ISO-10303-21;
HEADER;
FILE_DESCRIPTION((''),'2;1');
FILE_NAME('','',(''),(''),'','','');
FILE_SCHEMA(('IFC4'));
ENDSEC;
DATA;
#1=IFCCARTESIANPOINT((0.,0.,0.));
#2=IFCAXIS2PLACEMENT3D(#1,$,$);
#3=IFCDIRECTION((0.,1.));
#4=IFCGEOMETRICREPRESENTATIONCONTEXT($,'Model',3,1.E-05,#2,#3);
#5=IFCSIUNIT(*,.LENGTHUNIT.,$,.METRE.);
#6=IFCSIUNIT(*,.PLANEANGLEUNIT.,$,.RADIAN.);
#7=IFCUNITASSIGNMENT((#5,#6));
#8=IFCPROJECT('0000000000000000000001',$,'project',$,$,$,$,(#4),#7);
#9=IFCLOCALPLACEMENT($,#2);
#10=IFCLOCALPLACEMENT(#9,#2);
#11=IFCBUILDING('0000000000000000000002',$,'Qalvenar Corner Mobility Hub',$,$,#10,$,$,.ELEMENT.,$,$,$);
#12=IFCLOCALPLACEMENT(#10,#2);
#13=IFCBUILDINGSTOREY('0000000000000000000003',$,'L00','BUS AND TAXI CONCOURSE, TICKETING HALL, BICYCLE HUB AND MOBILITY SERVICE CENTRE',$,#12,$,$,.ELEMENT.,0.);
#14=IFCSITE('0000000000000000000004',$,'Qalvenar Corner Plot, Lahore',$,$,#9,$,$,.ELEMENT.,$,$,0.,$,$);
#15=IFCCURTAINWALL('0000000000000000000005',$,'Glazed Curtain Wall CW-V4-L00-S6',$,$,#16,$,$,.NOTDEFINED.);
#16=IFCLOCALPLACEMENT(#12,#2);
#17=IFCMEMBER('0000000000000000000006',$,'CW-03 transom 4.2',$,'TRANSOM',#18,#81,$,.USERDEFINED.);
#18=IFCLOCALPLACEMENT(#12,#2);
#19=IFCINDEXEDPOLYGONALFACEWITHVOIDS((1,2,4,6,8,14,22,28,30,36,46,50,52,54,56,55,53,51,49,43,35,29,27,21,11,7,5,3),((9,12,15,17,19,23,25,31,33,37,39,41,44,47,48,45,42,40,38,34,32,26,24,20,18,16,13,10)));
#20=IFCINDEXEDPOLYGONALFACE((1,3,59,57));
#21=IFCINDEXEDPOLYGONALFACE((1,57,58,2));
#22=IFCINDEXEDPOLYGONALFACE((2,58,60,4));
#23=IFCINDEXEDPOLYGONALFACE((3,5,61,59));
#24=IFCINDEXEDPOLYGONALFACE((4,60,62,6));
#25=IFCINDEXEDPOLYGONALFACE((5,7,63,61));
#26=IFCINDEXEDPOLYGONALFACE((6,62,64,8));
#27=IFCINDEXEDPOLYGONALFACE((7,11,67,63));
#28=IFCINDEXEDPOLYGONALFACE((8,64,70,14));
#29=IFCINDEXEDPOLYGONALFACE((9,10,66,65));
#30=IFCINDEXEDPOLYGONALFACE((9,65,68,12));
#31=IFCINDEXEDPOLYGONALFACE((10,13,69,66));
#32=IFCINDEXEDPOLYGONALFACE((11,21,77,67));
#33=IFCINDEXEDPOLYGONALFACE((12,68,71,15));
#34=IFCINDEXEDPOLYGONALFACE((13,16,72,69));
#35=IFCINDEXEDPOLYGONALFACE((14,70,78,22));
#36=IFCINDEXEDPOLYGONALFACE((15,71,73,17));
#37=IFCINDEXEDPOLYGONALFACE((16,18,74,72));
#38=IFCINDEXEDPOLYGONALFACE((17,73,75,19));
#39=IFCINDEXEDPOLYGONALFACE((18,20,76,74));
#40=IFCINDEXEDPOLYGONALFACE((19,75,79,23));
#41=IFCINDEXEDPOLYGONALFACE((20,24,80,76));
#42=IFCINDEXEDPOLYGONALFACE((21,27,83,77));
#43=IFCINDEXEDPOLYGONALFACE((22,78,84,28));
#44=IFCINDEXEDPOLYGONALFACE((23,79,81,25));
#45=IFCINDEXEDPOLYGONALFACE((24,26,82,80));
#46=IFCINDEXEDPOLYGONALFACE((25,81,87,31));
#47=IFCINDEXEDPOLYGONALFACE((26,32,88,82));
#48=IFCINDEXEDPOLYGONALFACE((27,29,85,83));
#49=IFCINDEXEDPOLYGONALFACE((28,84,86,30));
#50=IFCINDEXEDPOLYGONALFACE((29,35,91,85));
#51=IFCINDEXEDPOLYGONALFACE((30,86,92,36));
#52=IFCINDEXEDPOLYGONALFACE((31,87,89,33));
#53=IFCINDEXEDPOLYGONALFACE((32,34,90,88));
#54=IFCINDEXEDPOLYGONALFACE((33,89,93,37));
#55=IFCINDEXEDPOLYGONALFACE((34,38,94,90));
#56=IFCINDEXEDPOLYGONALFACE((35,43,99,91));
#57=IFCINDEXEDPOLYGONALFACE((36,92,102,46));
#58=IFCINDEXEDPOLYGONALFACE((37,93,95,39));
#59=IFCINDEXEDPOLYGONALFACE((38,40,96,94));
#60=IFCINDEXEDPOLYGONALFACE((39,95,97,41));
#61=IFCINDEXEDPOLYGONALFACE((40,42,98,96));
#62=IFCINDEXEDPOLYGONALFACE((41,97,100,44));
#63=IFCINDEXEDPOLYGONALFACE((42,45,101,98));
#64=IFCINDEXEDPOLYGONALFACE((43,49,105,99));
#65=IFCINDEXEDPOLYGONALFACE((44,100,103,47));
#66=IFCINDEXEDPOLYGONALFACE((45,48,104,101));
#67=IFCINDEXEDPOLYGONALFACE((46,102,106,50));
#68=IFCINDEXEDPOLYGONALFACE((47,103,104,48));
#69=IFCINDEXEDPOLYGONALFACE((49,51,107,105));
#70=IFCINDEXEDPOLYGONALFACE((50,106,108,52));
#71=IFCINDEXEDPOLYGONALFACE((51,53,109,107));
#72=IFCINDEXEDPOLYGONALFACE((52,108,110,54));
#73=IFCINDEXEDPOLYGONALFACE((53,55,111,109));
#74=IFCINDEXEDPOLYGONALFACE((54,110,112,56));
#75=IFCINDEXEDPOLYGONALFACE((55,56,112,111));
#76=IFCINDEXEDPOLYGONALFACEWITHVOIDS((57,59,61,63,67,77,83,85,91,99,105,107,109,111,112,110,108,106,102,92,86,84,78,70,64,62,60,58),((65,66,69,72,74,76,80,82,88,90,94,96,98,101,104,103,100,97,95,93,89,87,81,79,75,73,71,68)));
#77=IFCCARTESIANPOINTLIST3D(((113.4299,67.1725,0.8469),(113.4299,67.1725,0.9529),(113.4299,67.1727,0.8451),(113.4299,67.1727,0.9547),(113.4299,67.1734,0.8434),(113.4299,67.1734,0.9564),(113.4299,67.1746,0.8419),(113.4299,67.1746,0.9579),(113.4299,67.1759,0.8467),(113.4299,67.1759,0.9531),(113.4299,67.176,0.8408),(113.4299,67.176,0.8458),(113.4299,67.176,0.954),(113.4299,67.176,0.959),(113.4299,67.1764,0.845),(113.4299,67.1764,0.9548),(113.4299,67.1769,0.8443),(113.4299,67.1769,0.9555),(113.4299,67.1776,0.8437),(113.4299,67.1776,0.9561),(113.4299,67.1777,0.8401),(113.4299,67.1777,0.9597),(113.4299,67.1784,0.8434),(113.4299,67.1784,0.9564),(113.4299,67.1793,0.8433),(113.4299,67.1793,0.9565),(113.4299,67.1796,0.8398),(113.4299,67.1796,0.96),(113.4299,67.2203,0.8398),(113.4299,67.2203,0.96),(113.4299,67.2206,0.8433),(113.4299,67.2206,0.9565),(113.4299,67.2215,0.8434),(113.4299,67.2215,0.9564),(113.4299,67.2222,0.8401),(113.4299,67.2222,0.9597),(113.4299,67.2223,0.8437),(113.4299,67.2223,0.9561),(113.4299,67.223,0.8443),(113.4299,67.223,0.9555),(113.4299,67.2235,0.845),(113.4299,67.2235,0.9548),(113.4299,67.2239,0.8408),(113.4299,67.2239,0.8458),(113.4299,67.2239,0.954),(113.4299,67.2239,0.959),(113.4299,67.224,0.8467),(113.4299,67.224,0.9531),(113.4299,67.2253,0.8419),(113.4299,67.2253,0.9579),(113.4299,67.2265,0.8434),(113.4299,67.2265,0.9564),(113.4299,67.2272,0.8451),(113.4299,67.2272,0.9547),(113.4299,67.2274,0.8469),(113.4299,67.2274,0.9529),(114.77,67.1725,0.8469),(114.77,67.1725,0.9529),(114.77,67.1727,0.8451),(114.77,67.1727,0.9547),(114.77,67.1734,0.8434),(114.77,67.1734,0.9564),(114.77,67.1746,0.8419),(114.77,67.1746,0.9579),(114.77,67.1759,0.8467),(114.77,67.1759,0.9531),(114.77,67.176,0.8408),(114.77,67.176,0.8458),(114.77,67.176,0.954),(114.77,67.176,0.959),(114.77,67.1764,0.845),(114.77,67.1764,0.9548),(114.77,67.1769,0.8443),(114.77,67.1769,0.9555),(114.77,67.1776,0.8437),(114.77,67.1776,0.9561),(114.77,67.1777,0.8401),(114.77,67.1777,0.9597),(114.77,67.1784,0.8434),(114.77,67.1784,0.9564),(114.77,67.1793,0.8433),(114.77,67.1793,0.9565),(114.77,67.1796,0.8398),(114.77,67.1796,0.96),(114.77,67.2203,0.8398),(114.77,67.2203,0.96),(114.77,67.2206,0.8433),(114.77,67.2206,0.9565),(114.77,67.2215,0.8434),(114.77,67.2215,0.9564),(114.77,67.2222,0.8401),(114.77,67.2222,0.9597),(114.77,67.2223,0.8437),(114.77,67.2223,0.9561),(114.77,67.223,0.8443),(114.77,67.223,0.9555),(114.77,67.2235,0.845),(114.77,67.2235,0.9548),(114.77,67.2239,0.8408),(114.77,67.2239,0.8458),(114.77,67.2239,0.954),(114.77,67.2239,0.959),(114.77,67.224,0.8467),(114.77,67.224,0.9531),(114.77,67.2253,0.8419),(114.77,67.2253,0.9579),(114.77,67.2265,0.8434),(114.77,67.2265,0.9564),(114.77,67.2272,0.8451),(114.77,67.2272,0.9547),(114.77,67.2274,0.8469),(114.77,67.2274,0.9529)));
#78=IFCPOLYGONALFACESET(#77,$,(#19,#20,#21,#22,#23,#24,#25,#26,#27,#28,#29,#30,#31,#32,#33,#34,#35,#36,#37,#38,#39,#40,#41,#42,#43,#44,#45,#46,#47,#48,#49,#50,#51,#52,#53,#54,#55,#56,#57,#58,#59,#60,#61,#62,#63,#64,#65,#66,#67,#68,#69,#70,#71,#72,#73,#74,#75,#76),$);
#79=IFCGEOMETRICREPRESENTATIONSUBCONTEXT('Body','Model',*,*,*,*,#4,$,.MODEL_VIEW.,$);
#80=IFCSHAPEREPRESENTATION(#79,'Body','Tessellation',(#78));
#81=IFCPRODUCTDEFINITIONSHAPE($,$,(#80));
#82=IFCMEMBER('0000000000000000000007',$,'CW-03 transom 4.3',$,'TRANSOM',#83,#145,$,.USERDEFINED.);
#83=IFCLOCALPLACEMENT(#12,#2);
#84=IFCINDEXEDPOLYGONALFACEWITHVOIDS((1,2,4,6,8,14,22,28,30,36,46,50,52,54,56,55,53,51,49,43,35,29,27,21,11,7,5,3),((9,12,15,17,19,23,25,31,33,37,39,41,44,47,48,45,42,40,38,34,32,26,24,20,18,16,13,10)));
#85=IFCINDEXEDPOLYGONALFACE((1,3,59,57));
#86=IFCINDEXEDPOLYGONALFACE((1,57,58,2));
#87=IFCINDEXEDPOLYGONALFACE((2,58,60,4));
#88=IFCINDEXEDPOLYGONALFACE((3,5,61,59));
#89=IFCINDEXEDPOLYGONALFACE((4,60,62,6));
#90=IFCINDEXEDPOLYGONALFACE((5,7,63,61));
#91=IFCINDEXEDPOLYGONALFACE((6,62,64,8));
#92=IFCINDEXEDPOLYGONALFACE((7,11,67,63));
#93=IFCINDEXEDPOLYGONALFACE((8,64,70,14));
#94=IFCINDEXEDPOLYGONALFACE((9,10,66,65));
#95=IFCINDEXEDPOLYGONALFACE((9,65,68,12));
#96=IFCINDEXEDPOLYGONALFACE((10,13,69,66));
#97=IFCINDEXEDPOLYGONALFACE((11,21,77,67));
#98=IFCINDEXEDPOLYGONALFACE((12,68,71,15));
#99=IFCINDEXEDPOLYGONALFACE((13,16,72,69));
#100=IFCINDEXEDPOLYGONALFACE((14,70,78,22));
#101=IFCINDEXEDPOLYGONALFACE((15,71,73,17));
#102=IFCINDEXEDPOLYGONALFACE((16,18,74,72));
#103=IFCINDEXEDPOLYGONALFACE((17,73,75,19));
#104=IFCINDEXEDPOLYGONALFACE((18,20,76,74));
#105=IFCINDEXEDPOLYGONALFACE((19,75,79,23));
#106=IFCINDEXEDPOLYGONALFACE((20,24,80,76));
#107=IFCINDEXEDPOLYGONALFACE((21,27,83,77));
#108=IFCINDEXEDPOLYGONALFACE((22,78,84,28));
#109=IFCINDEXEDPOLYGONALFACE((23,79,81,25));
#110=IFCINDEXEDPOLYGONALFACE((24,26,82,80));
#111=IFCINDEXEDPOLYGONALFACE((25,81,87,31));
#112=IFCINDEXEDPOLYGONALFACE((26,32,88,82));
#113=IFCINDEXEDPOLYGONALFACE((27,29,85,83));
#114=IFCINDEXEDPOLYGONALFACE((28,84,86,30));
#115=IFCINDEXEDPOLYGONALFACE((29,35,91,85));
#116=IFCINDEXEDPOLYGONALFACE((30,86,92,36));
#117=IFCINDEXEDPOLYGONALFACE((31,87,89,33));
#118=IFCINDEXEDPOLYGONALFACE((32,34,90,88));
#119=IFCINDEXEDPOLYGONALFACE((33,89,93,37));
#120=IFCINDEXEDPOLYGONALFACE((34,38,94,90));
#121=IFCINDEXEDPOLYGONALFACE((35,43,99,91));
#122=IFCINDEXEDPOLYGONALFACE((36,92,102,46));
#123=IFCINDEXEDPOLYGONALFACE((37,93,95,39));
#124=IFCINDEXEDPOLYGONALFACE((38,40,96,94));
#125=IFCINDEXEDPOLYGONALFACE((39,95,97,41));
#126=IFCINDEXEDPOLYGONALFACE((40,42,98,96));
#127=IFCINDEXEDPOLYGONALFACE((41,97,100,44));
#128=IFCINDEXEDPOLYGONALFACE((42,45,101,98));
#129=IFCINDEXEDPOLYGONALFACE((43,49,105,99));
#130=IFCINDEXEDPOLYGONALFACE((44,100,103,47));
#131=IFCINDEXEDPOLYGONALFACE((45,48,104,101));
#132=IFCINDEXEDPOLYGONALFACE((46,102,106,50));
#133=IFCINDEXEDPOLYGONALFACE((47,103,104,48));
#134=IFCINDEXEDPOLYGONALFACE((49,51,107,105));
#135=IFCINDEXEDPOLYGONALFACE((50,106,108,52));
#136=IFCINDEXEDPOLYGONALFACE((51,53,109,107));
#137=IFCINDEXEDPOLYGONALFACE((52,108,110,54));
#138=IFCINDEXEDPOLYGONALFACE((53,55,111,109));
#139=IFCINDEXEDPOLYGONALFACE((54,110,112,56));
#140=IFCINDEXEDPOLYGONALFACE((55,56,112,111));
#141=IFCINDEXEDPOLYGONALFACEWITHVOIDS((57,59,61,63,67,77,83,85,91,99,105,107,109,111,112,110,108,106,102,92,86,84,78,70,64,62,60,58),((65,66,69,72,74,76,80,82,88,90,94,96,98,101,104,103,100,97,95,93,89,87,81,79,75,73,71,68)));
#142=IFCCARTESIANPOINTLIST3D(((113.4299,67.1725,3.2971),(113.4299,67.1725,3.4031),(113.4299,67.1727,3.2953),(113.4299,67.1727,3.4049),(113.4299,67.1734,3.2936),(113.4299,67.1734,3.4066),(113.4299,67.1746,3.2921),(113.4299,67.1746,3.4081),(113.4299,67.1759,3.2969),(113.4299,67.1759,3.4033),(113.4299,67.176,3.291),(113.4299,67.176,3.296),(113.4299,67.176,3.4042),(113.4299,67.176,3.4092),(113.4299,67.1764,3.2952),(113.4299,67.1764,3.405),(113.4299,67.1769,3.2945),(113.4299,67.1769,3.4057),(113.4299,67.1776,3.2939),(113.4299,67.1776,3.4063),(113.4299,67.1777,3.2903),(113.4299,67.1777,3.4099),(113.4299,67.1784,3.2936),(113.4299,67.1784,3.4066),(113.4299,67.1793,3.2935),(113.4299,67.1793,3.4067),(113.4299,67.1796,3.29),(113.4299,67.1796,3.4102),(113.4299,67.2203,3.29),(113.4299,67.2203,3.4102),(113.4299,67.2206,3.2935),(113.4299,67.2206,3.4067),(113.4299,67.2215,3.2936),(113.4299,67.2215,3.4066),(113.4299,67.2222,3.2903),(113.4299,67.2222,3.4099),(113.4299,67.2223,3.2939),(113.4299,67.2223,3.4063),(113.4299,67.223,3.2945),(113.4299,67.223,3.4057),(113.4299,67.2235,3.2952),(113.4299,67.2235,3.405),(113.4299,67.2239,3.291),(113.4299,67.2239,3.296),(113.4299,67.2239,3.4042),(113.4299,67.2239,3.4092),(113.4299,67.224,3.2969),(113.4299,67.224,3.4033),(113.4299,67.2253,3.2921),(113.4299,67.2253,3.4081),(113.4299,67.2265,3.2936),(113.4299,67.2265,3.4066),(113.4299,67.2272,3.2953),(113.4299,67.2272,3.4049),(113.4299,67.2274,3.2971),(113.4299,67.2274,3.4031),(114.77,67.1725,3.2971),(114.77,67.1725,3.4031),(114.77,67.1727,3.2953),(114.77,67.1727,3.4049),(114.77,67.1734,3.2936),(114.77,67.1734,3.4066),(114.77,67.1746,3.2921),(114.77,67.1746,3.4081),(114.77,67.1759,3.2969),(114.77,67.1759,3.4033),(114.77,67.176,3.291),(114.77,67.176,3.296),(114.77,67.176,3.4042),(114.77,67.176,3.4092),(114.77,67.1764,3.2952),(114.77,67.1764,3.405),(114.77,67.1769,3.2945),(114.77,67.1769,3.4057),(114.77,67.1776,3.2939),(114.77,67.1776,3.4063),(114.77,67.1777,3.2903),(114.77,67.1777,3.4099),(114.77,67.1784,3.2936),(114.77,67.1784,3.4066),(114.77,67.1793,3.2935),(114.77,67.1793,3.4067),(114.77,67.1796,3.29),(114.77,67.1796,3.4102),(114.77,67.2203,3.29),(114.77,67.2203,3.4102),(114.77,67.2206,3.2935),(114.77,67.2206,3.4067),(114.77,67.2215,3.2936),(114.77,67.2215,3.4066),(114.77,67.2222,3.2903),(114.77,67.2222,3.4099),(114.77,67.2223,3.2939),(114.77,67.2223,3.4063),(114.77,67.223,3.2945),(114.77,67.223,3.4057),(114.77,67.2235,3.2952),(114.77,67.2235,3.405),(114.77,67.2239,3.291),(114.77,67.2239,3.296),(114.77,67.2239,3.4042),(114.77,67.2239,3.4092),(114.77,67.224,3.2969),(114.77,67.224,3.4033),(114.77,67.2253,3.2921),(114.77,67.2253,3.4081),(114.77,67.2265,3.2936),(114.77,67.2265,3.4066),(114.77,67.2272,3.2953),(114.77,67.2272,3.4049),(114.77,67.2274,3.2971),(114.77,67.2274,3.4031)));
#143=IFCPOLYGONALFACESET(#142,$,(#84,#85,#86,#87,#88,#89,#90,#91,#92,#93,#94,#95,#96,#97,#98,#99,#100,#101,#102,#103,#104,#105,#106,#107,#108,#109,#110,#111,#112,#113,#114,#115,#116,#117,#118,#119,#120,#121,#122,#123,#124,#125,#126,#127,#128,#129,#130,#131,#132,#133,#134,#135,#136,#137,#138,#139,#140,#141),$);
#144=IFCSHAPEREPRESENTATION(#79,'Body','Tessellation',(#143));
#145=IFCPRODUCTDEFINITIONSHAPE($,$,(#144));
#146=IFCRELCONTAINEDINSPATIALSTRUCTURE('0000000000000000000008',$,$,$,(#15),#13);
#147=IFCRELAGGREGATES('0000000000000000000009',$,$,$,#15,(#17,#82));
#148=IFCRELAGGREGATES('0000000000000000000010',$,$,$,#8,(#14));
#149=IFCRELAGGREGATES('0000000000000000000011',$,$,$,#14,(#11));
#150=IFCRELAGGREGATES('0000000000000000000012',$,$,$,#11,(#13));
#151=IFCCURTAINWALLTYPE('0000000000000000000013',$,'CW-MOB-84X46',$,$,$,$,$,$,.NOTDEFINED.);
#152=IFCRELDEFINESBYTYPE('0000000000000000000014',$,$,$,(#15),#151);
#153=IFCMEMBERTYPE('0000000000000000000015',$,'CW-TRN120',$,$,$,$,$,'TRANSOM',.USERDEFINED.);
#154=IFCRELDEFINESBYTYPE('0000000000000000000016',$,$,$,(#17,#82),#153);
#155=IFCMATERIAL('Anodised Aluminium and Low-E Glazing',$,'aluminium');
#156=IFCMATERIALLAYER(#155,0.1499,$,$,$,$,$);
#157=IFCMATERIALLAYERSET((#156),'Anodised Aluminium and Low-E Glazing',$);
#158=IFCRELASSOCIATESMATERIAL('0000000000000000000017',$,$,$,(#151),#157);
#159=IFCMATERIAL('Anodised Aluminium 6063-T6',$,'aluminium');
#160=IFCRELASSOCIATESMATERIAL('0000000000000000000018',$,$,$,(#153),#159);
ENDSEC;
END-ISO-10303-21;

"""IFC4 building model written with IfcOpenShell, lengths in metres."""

from ifc_helpers import new_model, si_unit, direction, frame, origin, origin_2d, place, context, subcontext, project, spatial, hollow_rectangle, extrude, material, layer, layer_set, material_profile, profile_set, type_object, element, aggregate, save


model = new_model("IFC4")

# Units and contexts
model_context = context("Model", 3, precision=1e-05, world=origin(), true_north=direction((0.0, 1.0)))
body_context = subcontext(model_context, "Body", "Model", "MODEL_VIEW")
ifc_project = project(units=[si_unit("LENGTHUNIT", "METRE"), si_unit("PLANEANGLEUNIT", "RADIAN")], contexts=[model_context])

# Site, building, storey
site_placement = place(None, origin())
site = spatial("IfcSite", under=ifc_project, at=site_placement, Name="Qalvenar Corner Plot, Lahore", CompositionType="ELEMENT", RefElevation=0.0)
building_placement = place(site_placement, origin())
building = spatial("IfcBuilding", under=site, at=building_placement, Name="Qalvenar Corner Mobility Hub", CompositionType="ELEMENT")
storey_placement = place(building_placement, origin())
storey = spatial("IfcBuildingStorey", under=building, at=storey_placement, Name="L00", Description="BUS AND TAXI CONCOURSE, TICKETING HALL, BICYCLE HUB AND MOBILITY SERVICE CENTRE", CompositionType="ELEMENT", Elevation=0.0)

# Curtain wall, members
ifc_material_1 = material(Name="Anodised Aluminium and Low-E Glazing", Category="aluminium")
ifc_layer_1 = layer(ifc_material_1, 0.1499)
ifc_layer_set_1 = layer_set([ifc_layer_1], Name="Anodised Aluminium and Low-E Glazing")
curtain_wall_type = type_object("IfcCurtainWallType", Name="CW-MOB-84X46", PredefinedType="NOTDEFINED", material=ifc_layer_set_1)
curtain_wall_placement = place(storey_placement, origin())
curtain_wall = element("IfcCurtainWall", 1, at=curtain_wall_placement, inside=storey, type_object=curtain_wall_type, Name="Glazed Curtain Wall CW-V4-L00-S6", PredefinedType="NOTDEFINED")
ifc_material_2 = material(Name="Anodised Aluminium 6063-T6", Category="aluminium")
ifc_material_profile_1 = material_profile(ifc_material_2, hollow_rectangle(XDim=0.0549, YDim=0.1201, WallThickness=0.0034, InnerFilletRadius=0.0034, OuterFilletRadius=0.0071, at=origin_2d()), Name="RHS120x55x3.5")
ifc_profile_set_1 = profile_set([ifc_material_profile_1], Name="Anodised Aluminium 6063-T6")
member_type_1 = type_object("IfcMemberType", Name="CW-TRN120", ElementType="TRANSOM", PredefinedType="USERDEFINED", material=ifc_profile_set_1)
member_1_placement = place(storey_placement, frame((113.4299, 67.2, 0.8999), z_axis=(1.0, 0.0, 0.0), x_axis=(0.0, 1.0, 0.0)))
member_1 = element("IfcMember", 2, at=member_1_placement, type_object=member_type_1, Name="CW-03 transom 4.2", ObjectType="TRANSOM", PredefinedType="USERDEFINED", context=body_context, shape_type="SweptSolid", body=[
    extrude(hollow_rectangle(XDim=0.0549, YDim=0.1201, WallThickness=0.0034, InnerFilletRadius=0.0034, OuterFilletRadius=0.0071, at=origin_2d()), origin(), (0.0, 0.0, 1.0), 1.3401),
])
member_2_placement = place(storey_placement, frame((113.4299, 67.2, 3.3501), z_axis=(1.0, 0.0, 0.0), x_axis=(0.0, 1.0, 0.0)))
member_2 = element("IfcMember", 3, at=member_2_placement, type_object=member_type_1, Name="CW-03 transom 4.3", ObjectType="TRANSOM", PredefinedType="USERDEFINED", context=body_context, shape_type="SweptSolid", body=[
    extrude(hollow_rectangle(XDim=0.0549, YDim=0.1201, WallThickness=0.0034, InnerFilletRadius=0.0034, OuterFilletRadius=0.0071, at=origin_2d()), origin(), (0.0, 0.0, 1.0), 1.3401),
])
aggregate(curtain_wall, [member_1, member_2])

save(model, "model.ifc")
